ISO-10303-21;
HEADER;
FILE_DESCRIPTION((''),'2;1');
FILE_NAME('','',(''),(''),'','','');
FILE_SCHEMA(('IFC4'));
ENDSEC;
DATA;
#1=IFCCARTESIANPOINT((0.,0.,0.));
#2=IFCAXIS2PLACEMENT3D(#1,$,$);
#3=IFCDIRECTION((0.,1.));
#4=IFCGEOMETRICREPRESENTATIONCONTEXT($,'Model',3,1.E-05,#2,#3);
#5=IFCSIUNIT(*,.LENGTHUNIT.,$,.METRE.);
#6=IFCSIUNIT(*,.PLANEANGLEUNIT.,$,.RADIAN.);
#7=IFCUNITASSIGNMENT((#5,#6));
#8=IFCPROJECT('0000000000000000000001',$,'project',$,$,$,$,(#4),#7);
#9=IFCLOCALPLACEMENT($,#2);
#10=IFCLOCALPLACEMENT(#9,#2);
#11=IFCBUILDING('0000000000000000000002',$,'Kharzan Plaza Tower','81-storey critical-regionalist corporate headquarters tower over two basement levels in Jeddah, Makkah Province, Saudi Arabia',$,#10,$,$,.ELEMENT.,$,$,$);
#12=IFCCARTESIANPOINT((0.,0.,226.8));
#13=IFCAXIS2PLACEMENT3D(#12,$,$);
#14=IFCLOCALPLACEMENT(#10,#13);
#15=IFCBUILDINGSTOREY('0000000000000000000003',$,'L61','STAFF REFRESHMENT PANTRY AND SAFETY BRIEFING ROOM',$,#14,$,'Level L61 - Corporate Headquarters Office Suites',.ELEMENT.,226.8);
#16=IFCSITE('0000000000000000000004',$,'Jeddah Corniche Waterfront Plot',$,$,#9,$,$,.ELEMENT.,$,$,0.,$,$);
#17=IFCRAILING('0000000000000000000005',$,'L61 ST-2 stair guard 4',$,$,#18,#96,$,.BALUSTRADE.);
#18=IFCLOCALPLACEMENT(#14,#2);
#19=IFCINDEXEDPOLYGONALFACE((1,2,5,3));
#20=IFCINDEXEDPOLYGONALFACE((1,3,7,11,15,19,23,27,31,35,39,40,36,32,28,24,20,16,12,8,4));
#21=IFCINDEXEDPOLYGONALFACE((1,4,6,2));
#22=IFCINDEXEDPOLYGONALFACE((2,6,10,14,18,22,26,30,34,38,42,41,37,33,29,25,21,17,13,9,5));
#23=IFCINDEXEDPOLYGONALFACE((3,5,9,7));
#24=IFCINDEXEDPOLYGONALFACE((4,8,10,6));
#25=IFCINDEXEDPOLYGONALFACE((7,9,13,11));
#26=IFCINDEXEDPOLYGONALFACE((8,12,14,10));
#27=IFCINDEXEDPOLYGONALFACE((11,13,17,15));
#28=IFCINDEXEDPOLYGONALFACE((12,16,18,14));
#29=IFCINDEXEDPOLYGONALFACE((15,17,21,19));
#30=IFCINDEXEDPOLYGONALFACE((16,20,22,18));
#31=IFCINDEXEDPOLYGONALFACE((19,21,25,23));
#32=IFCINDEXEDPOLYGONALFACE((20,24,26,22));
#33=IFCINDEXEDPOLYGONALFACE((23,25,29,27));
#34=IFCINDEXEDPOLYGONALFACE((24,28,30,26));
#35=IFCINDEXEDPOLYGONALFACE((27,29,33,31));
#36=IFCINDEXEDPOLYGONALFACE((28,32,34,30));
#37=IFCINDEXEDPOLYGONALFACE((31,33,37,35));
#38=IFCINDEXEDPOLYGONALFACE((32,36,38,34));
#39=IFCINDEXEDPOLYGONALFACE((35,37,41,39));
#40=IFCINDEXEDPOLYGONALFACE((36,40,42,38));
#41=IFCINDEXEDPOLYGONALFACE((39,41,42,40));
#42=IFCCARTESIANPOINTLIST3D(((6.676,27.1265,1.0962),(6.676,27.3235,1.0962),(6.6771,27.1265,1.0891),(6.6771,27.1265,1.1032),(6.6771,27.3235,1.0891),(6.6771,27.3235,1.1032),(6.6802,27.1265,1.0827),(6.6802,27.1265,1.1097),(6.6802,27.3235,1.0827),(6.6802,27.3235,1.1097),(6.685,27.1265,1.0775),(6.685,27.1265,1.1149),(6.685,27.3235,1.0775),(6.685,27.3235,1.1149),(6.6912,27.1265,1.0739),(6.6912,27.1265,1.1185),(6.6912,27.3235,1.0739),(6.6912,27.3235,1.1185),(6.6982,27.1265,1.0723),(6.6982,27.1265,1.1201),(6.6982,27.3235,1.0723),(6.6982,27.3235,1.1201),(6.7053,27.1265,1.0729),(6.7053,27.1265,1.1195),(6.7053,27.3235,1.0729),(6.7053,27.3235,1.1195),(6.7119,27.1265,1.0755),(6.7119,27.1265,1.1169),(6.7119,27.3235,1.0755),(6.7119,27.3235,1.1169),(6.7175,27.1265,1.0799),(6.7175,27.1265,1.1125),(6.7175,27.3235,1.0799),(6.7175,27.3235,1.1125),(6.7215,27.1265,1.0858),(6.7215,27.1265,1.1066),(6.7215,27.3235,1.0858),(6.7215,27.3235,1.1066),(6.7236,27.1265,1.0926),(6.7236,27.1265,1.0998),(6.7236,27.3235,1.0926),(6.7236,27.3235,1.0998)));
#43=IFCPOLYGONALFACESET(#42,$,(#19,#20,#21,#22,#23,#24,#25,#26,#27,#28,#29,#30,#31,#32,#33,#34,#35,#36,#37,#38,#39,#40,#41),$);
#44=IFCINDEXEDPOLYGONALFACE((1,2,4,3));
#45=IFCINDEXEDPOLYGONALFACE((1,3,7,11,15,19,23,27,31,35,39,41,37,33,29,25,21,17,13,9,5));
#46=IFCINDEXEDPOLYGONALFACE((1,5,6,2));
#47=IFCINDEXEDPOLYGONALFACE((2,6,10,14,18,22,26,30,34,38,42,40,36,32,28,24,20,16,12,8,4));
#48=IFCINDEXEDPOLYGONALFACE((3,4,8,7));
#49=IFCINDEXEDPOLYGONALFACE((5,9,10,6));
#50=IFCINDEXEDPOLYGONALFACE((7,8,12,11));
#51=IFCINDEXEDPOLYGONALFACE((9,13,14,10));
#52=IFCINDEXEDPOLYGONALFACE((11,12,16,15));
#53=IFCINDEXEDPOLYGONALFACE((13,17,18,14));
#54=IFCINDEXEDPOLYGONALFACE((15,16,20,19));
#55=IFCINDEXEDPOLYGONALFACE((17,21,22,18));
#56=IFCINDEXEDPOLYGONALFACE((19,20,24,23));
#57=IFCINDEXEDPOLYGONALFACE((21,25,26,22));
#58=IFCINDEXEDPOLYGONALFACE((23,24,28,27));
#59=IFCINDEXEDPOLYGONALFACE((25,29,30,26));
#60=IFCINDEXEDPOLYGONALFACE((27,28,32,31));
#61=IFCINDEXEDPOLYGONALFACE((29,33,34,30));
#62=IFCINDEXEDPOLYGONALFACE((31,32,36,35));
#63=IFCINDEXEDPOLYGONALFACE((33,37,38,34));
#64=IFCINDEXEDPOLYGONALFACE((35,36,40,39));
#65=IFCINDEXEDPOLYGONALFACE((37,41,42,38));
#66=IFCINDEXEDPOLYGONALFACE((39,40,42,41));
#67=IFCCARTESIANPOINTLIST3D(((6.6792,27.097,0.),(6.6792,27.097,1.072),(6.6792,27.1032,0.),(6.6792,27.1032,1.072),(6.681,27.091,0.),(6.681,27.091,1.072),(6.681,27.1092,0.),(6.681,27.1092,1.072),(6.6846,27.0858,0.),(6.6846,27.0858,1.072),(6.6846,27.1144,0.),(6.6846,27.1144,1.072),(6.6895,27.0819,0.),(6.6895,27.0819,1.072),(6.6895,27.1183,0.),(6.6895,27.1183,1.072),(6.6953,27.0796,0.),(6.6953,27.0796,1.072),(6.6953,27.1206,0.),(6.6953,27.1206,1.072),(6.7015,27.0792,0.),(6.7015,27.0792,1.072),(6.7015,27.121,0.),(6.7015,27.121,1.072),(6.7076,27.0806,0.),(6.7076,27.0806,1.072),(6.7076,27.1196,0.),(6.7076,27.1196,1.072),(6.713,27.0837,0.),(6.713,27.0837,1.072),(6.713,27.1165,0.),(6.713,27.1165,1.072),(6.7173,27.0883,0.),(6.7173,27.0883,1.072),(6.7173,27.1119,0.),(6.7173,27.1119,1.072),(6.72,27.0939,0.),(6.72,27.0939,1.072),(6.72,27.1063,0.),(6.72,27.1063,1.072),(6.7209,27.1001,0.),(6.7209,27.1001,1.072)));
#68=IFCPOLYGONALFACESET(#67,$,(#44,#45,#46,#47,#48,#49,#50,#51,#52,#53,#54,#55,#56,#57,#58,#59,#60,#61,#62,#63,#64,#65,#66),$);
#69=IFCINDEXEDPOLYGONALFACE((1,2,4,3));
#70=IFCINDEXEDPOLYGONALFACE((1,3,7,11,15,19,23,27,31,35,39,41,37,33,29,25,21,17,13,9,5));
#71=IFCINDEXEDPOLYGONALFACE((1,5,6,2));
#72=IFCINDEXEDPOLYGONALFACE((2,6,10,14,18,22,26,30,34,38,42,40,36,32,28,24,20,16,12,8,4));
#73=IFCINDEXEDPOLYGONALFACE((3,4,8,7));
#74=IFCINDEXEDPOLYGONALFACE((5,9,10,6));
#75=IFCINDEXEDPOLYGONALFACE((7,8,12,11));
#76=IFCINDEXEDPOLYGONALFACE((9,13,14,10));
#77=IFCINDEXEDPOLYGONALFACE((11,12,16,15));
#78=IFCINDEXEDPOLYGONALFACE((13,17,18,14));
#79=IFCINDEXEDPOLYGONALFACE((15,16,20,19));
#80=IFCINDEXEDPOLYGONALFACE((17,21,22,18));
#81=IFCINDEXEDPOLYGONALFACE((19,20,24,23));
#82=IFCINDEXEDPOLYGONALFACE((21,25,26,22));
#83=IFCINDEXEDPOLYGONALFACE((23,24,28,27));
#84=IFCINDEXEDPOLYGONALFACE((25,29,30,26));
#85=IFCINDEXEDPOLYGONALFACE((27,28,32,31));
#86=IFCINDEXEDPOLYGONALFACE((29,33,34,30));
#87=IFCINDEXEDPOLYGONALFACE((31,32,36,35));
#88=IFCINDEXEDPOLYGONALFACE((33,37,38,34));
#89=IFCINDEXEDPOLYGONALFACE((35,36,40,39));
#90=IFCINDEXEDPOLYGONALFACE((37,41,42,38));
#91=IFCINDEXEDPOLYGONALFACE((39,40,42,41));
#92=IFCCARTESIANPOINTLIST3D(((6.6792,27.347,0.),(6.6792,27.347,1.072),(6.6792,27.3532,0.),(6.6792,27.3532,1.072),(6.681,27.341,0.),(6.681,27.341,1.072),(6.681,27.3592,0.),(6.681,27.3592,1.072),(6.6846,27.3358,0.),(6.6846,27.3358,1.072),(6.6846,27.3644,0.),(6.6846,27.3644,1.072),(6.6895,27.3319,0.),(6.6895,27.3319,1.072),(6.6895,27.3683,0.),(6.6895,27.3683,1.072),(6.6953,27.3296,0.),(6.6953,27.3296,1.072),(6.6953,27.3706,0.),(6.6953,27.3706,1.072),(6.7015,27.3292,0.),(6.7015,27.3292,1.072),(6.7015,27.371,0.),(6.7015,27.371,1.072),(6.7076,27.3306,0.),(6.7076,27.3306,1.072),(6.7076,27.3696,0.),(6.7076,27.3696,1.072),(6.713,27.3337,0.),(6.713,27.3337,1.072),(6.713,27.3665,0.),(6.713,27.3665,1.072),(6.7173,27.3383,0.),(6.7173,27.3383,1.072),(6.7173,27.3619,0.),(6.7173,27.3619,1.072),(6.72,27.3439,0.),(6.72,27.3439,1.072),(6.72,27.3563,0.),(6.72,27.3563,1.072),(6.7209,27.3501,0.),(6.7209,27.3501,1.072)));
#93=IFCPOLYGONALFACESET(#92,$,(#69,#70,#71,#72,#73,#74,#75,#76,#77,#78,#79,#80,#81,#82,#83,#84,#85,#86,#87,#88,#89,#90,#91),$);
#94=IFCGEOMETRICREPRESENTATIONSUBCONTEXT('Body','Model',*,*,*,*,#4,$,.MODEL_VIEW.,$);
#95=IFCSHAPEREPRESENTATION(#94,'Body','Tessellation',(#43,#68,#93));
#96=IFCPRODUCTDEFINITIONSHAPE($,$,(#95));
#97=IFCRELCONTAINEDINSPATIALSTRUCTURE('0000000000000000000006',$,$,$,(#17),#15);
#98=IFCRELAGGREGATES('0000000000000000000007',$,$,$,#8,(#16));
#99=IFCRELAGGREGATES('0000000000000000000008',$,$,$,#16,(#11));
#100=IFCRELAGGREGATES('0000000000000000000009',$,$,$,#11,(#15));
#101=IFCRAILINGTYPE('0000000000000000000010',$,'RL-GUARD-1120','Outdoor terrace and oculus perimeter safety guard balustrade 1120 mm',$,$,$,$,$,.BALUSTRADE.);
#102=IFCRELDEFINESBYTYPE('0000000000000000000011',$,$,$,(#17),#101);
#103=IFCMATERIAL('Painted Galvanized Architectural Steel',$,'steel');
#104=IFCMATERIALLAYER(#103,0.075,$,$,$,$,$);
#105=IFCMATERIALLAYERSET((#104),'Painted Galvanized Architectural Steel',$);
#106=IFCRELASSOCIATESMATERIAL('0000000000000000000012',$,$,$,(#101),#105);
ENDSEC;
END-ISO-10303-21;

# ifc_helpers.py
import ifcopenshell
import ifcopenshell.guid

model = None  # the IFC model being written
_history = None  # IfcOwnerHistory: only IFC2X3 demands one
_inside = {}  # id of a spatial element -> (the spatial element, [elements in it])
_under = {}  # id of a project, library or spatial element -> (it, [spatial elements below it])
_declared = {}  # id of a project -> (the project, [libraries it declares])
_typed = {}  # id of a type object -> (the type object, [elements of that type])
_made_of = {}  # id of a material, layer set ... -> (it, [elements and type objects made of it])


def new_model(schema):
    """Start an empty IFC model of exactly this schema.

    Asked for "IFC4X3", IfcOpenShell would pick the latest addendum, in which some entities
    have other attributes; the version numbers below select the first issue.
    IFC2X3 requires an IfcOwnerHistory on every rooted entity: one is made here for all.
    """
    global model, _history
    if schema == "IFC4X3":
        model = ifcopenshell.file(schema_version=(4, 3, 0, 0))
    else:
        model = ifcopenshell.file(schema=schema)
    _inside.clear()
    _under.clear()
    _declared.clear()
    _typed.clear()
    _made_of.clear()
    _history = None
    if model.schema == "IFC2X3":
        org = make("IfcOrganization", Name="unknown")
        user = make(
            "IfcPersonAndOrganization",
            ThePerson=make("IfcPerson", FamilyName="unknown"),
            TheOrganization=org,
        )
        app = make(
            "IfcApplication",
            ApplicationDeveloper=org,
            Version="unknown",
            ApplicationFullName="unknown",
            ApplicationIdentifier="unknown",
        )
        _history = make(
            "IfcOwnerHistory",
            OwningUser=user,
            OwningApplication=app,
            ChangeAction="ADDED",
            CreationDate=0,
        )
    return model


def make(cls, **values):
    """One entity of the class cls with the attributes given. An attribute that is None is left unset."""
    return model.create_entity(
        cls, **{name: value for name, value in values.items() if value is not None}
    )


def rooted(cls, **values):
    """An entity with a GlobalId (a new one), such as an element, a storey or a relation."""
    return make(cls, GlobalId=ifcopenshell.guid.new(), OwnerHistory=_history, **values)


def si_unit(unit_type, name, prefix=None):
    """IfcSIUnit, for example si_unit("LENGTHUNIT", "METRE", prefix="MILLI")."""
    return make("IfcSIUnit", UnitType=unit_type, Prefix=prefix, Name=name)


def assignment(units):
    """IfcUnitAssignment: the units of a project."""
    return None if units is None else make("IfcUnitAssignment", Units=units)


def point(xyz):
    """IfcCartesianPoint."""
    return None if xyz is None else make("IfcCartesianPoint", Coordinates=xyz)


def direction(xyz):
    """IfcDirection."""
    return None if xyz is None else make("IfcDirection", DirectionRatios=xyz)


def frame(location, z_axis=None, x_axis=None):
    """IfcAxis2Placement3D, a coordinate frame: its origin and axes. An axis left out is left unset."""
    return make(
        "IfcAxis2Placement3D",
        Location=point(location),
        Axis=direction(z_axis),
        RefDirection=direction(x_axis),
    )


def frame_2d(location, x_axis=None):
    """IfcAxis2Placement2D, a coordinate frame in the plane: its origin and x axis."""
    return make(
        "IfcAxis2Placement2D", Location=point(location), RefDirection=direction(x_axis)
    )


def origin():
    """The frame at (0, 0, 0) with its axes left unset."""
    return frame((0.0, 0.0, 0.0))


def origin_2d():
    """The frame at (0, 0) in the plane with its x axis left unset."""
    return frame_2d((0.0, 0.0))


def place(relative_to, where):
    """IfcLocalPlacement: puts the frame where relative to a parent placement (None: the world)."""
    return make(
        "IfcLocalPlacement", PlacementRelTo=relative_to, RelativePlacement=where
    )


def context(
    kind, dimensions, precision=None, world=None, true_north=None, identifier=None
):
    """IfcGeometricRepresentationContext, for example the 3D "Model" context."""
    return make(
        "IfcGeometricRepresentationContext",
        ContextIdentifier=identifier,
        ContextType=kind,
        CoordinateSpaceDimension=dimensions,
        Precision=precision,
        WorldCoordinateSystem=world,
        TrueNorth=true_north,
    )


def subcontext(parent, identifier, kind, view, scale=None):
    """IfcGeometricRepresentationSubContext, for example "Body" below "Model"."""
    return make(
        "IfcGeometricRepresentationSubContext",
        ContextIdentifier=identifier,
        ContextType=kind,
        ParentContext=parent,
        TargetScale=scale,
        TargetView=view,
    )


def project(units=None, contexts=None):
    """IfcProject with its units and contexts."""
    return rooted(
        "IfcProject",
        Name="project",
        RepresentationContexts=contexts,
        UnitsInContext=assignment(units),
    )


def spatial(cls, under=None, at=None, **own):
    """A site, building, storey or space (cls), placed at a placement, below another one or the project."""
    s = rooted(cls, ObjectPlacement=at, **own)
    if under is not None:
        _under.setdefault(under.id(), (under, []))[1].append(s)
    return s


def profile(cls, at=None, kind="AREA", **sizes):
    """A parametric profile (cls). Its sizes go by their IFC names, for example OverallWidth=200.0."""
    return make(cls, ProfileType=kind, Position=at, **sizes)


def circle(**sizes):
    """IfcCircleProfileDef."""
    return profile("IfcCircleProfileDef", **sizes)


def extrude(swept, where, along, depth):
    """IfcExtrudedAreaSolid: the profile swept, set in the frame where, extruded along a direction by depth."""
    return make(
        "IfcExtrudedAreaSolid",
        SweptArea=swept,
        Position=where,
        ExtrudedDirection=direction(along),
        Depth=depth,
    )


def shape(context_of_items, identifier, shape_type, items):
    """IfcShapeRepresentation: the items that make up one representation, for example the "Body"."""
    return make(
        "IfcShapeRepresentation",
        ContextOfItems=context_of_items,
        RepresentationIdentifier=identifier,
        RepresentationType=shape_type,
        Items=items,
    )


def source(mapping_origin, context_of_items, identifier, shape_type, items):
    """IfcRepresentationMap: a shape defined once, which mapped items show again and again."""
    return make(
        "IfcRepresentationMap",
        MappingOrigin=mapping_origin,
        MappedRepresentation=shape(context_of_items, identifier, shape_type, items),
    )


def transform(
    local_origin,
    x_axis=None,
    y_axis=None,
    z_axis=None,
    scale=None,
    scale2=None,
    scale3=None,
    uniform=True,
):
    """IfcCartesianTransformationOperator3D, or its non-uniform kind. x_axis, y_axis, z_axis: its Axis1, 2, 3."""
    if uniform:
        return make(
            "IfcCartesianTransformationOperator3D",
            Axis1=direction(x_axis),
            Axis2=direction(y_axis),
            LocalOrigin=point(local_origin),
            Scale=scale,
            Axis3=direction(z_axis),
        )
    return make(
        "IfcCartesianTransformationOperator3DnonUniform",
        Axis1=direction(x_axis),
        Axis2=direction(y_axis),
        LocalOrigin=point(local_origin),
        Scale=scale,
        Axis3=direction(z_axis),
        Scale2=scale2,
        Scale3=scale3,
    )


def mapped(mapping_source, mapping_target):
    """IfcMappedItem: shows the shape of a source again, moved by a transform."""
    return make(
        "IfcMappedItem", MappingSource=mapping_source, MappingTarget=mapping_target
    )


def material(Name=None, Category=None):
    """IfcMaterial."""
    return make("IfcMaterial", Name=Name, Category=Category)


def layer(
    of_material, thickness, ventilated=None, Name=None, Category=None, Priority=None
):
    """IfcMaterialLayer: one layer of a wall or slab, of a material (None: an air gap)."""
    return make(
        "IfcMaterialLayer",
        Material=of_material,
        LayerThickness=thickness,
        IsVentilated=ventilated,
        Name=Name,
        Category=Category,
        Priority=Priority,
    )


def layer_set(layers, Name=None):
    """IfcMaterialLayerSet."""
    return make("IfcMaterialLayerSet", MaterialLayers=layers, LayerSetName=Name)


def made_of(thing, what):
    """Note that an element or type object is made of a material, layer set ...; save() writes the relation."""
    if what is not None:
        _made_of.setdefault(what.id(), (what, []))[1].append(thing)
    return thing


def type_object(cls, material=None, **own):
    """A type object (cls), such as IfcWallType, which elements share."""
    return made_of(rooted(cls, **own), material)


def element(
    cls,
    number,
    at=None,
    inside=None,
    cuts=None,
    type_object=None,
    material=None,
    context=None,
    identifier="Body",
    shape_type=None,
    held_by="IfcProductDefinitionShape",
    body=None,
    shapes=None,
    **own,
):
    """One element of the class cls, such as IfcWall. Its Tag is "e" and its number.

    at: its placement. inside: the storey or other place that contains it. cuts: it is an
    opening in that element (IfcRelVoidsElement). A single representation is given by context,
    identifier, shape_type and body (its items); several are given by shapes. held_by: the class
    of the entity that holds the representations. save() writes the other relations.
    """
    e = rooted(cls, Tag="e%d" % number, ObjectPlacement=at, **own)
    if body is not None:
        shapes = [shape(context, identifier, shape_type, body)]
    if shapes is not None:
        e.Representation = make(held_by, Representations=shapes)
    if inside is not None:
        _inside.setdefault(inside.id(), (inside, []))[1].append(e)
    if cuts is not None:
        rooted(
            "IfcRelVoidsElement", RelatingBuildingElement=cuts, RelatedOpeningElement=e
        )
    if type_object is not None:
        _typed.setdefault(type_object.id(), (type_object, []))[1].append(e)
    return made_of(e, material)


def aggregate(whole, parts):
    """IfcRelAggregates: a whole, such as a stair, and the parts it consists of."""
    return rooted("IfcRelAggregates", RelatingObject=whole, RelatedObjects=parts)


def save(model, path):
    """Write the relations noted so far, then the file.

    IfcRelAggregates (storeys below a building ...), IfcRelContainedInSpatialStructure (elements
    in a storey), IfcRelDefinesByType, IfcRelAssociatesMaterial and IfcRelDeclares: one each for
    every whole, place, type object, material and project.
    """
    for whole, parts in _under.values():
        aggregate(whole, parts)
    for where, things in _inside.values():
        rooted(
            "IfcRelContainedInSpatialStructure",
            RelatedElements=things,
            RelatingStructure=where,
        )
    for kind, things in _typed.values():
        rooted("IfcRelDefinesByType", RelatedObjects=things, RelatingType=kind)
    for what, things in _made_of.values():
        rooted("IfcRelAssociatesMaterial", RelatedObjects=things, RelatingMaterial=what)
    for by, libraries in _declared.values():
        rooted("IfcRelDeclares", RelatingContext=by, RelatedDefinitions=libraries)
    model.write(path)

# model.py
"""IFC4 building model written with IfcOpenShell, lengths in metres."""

from ifc_helpers import new_model, si_unit, direction, frame, origin, origin_2d, place, context, subcontext, project, spatial, circle, extrude, source, transform, mapped, material, layer, layer_set, type_object, element, save


model = new_model("IFC4")

# Units and contexts
model_context = context("Model", 3, precision=1e-05, world=origin(), true_north=direction((0.0, 1.0)))
body_context = subcontext(model_context, "Body", "Model", "MODEL_VIEW")
ifc_project = project(units=[si_unit("LENGTHUNIT", "METRE"), si_unit("PLANEANGLEUNIT", "RADIAN")], contexts=[model_context])

# Site, building, storey
site_placement = place(None, origin())
site = spatial("IfcSite", under=ifc_project, at=site_placement, Name="Jeddah Corniche Waterfront Plot", CompositionType="ELEMENT", RefElevation=0.0)
building_placement = place(site_placement, origin())
building = spatial("IfcBuilding", under=site, at=building_placement, Name="Kharzan Plaza Tower", Description="81-storey critical-regionalist corporate headquarters tower over two basement levels in Jeddah, Makkah Province, Saudi Arabia", CompositionType="ELEMENT")
storey_placement = place(building_placement, frame((0.0, 0.0, 226.8)))
storey = spatial("IfcBuildingStorey", under=building, at=storey_placement, Name="L61", Description="STAFF REFRESHMENT PANTRY AND SAFETY BRIEFING ROOM", LongName="Level L61 - Corporate Headquarters Office Suites", CompositionType="ELEMENT", Elevation=226.8)

# Railing
ifc_material_1 = material(Name="Painted Galvanized Architectural Steel", Category="steel")
ifc_layer_1 = layer(ifc_material_1, 0.075)
ifc_layer_set_1 = layer_set([ifc_layer_1], Name="Painted Galvanized Architectural Steel")
railing_type_1 = type_object("IfcRailingType", Name="RL-GUARD-1120", Description="Outdoor terrace and oculus perimeter safety guard balustrade 1120 mm", PredefinedType="BALUSTRADE", material=ifc_layer_set_1)
shared_shape_1 = source(origin(), body_context, "Body", "SweptSolid", [
    extrude(circle(Radius=0.0239, at=origin_2d()), frame((0.0, 0.0264, 1.0962), z_axis=(0.0, 1.0, 0.0), x_axis=(-1.0, 0.0, 0.0)), (0.0, 0.0, 1.0), 0.197),
    extrude(circle(Radius=0.021, at=origin_2d()), origin(), (0.0, 0.0, 1.0), 1.072),
    extrude(circle(Radius=0.021, at=origin_2d()), frame((0.0, 0.25, 0.0)), (0.0, 0.0, 1.0), 1.072),
])
for number, where, name in (
    (1, (6.7, 27.1001, 0.0), "L61 ST-2 stair guard 4"),
):
    element("IfcRailing", number, at=place(storey_placement, frame(where)), inside=storey, type_object=railing_type_1, Name=name, PredefinedType="BALUSTRADE", context=body_context, shape_type="MappedRepresentation", body=[
        mapped(shared_shape_1, transform((0.0, 0.0, 0.0), x_axis=(1.0, 0.0, 0.0), y_axis=(0.0, 1.0, 0.0), z_axis=(0.0, 0.0, 1.0))),
    ])

save(model, "model.ifc")
